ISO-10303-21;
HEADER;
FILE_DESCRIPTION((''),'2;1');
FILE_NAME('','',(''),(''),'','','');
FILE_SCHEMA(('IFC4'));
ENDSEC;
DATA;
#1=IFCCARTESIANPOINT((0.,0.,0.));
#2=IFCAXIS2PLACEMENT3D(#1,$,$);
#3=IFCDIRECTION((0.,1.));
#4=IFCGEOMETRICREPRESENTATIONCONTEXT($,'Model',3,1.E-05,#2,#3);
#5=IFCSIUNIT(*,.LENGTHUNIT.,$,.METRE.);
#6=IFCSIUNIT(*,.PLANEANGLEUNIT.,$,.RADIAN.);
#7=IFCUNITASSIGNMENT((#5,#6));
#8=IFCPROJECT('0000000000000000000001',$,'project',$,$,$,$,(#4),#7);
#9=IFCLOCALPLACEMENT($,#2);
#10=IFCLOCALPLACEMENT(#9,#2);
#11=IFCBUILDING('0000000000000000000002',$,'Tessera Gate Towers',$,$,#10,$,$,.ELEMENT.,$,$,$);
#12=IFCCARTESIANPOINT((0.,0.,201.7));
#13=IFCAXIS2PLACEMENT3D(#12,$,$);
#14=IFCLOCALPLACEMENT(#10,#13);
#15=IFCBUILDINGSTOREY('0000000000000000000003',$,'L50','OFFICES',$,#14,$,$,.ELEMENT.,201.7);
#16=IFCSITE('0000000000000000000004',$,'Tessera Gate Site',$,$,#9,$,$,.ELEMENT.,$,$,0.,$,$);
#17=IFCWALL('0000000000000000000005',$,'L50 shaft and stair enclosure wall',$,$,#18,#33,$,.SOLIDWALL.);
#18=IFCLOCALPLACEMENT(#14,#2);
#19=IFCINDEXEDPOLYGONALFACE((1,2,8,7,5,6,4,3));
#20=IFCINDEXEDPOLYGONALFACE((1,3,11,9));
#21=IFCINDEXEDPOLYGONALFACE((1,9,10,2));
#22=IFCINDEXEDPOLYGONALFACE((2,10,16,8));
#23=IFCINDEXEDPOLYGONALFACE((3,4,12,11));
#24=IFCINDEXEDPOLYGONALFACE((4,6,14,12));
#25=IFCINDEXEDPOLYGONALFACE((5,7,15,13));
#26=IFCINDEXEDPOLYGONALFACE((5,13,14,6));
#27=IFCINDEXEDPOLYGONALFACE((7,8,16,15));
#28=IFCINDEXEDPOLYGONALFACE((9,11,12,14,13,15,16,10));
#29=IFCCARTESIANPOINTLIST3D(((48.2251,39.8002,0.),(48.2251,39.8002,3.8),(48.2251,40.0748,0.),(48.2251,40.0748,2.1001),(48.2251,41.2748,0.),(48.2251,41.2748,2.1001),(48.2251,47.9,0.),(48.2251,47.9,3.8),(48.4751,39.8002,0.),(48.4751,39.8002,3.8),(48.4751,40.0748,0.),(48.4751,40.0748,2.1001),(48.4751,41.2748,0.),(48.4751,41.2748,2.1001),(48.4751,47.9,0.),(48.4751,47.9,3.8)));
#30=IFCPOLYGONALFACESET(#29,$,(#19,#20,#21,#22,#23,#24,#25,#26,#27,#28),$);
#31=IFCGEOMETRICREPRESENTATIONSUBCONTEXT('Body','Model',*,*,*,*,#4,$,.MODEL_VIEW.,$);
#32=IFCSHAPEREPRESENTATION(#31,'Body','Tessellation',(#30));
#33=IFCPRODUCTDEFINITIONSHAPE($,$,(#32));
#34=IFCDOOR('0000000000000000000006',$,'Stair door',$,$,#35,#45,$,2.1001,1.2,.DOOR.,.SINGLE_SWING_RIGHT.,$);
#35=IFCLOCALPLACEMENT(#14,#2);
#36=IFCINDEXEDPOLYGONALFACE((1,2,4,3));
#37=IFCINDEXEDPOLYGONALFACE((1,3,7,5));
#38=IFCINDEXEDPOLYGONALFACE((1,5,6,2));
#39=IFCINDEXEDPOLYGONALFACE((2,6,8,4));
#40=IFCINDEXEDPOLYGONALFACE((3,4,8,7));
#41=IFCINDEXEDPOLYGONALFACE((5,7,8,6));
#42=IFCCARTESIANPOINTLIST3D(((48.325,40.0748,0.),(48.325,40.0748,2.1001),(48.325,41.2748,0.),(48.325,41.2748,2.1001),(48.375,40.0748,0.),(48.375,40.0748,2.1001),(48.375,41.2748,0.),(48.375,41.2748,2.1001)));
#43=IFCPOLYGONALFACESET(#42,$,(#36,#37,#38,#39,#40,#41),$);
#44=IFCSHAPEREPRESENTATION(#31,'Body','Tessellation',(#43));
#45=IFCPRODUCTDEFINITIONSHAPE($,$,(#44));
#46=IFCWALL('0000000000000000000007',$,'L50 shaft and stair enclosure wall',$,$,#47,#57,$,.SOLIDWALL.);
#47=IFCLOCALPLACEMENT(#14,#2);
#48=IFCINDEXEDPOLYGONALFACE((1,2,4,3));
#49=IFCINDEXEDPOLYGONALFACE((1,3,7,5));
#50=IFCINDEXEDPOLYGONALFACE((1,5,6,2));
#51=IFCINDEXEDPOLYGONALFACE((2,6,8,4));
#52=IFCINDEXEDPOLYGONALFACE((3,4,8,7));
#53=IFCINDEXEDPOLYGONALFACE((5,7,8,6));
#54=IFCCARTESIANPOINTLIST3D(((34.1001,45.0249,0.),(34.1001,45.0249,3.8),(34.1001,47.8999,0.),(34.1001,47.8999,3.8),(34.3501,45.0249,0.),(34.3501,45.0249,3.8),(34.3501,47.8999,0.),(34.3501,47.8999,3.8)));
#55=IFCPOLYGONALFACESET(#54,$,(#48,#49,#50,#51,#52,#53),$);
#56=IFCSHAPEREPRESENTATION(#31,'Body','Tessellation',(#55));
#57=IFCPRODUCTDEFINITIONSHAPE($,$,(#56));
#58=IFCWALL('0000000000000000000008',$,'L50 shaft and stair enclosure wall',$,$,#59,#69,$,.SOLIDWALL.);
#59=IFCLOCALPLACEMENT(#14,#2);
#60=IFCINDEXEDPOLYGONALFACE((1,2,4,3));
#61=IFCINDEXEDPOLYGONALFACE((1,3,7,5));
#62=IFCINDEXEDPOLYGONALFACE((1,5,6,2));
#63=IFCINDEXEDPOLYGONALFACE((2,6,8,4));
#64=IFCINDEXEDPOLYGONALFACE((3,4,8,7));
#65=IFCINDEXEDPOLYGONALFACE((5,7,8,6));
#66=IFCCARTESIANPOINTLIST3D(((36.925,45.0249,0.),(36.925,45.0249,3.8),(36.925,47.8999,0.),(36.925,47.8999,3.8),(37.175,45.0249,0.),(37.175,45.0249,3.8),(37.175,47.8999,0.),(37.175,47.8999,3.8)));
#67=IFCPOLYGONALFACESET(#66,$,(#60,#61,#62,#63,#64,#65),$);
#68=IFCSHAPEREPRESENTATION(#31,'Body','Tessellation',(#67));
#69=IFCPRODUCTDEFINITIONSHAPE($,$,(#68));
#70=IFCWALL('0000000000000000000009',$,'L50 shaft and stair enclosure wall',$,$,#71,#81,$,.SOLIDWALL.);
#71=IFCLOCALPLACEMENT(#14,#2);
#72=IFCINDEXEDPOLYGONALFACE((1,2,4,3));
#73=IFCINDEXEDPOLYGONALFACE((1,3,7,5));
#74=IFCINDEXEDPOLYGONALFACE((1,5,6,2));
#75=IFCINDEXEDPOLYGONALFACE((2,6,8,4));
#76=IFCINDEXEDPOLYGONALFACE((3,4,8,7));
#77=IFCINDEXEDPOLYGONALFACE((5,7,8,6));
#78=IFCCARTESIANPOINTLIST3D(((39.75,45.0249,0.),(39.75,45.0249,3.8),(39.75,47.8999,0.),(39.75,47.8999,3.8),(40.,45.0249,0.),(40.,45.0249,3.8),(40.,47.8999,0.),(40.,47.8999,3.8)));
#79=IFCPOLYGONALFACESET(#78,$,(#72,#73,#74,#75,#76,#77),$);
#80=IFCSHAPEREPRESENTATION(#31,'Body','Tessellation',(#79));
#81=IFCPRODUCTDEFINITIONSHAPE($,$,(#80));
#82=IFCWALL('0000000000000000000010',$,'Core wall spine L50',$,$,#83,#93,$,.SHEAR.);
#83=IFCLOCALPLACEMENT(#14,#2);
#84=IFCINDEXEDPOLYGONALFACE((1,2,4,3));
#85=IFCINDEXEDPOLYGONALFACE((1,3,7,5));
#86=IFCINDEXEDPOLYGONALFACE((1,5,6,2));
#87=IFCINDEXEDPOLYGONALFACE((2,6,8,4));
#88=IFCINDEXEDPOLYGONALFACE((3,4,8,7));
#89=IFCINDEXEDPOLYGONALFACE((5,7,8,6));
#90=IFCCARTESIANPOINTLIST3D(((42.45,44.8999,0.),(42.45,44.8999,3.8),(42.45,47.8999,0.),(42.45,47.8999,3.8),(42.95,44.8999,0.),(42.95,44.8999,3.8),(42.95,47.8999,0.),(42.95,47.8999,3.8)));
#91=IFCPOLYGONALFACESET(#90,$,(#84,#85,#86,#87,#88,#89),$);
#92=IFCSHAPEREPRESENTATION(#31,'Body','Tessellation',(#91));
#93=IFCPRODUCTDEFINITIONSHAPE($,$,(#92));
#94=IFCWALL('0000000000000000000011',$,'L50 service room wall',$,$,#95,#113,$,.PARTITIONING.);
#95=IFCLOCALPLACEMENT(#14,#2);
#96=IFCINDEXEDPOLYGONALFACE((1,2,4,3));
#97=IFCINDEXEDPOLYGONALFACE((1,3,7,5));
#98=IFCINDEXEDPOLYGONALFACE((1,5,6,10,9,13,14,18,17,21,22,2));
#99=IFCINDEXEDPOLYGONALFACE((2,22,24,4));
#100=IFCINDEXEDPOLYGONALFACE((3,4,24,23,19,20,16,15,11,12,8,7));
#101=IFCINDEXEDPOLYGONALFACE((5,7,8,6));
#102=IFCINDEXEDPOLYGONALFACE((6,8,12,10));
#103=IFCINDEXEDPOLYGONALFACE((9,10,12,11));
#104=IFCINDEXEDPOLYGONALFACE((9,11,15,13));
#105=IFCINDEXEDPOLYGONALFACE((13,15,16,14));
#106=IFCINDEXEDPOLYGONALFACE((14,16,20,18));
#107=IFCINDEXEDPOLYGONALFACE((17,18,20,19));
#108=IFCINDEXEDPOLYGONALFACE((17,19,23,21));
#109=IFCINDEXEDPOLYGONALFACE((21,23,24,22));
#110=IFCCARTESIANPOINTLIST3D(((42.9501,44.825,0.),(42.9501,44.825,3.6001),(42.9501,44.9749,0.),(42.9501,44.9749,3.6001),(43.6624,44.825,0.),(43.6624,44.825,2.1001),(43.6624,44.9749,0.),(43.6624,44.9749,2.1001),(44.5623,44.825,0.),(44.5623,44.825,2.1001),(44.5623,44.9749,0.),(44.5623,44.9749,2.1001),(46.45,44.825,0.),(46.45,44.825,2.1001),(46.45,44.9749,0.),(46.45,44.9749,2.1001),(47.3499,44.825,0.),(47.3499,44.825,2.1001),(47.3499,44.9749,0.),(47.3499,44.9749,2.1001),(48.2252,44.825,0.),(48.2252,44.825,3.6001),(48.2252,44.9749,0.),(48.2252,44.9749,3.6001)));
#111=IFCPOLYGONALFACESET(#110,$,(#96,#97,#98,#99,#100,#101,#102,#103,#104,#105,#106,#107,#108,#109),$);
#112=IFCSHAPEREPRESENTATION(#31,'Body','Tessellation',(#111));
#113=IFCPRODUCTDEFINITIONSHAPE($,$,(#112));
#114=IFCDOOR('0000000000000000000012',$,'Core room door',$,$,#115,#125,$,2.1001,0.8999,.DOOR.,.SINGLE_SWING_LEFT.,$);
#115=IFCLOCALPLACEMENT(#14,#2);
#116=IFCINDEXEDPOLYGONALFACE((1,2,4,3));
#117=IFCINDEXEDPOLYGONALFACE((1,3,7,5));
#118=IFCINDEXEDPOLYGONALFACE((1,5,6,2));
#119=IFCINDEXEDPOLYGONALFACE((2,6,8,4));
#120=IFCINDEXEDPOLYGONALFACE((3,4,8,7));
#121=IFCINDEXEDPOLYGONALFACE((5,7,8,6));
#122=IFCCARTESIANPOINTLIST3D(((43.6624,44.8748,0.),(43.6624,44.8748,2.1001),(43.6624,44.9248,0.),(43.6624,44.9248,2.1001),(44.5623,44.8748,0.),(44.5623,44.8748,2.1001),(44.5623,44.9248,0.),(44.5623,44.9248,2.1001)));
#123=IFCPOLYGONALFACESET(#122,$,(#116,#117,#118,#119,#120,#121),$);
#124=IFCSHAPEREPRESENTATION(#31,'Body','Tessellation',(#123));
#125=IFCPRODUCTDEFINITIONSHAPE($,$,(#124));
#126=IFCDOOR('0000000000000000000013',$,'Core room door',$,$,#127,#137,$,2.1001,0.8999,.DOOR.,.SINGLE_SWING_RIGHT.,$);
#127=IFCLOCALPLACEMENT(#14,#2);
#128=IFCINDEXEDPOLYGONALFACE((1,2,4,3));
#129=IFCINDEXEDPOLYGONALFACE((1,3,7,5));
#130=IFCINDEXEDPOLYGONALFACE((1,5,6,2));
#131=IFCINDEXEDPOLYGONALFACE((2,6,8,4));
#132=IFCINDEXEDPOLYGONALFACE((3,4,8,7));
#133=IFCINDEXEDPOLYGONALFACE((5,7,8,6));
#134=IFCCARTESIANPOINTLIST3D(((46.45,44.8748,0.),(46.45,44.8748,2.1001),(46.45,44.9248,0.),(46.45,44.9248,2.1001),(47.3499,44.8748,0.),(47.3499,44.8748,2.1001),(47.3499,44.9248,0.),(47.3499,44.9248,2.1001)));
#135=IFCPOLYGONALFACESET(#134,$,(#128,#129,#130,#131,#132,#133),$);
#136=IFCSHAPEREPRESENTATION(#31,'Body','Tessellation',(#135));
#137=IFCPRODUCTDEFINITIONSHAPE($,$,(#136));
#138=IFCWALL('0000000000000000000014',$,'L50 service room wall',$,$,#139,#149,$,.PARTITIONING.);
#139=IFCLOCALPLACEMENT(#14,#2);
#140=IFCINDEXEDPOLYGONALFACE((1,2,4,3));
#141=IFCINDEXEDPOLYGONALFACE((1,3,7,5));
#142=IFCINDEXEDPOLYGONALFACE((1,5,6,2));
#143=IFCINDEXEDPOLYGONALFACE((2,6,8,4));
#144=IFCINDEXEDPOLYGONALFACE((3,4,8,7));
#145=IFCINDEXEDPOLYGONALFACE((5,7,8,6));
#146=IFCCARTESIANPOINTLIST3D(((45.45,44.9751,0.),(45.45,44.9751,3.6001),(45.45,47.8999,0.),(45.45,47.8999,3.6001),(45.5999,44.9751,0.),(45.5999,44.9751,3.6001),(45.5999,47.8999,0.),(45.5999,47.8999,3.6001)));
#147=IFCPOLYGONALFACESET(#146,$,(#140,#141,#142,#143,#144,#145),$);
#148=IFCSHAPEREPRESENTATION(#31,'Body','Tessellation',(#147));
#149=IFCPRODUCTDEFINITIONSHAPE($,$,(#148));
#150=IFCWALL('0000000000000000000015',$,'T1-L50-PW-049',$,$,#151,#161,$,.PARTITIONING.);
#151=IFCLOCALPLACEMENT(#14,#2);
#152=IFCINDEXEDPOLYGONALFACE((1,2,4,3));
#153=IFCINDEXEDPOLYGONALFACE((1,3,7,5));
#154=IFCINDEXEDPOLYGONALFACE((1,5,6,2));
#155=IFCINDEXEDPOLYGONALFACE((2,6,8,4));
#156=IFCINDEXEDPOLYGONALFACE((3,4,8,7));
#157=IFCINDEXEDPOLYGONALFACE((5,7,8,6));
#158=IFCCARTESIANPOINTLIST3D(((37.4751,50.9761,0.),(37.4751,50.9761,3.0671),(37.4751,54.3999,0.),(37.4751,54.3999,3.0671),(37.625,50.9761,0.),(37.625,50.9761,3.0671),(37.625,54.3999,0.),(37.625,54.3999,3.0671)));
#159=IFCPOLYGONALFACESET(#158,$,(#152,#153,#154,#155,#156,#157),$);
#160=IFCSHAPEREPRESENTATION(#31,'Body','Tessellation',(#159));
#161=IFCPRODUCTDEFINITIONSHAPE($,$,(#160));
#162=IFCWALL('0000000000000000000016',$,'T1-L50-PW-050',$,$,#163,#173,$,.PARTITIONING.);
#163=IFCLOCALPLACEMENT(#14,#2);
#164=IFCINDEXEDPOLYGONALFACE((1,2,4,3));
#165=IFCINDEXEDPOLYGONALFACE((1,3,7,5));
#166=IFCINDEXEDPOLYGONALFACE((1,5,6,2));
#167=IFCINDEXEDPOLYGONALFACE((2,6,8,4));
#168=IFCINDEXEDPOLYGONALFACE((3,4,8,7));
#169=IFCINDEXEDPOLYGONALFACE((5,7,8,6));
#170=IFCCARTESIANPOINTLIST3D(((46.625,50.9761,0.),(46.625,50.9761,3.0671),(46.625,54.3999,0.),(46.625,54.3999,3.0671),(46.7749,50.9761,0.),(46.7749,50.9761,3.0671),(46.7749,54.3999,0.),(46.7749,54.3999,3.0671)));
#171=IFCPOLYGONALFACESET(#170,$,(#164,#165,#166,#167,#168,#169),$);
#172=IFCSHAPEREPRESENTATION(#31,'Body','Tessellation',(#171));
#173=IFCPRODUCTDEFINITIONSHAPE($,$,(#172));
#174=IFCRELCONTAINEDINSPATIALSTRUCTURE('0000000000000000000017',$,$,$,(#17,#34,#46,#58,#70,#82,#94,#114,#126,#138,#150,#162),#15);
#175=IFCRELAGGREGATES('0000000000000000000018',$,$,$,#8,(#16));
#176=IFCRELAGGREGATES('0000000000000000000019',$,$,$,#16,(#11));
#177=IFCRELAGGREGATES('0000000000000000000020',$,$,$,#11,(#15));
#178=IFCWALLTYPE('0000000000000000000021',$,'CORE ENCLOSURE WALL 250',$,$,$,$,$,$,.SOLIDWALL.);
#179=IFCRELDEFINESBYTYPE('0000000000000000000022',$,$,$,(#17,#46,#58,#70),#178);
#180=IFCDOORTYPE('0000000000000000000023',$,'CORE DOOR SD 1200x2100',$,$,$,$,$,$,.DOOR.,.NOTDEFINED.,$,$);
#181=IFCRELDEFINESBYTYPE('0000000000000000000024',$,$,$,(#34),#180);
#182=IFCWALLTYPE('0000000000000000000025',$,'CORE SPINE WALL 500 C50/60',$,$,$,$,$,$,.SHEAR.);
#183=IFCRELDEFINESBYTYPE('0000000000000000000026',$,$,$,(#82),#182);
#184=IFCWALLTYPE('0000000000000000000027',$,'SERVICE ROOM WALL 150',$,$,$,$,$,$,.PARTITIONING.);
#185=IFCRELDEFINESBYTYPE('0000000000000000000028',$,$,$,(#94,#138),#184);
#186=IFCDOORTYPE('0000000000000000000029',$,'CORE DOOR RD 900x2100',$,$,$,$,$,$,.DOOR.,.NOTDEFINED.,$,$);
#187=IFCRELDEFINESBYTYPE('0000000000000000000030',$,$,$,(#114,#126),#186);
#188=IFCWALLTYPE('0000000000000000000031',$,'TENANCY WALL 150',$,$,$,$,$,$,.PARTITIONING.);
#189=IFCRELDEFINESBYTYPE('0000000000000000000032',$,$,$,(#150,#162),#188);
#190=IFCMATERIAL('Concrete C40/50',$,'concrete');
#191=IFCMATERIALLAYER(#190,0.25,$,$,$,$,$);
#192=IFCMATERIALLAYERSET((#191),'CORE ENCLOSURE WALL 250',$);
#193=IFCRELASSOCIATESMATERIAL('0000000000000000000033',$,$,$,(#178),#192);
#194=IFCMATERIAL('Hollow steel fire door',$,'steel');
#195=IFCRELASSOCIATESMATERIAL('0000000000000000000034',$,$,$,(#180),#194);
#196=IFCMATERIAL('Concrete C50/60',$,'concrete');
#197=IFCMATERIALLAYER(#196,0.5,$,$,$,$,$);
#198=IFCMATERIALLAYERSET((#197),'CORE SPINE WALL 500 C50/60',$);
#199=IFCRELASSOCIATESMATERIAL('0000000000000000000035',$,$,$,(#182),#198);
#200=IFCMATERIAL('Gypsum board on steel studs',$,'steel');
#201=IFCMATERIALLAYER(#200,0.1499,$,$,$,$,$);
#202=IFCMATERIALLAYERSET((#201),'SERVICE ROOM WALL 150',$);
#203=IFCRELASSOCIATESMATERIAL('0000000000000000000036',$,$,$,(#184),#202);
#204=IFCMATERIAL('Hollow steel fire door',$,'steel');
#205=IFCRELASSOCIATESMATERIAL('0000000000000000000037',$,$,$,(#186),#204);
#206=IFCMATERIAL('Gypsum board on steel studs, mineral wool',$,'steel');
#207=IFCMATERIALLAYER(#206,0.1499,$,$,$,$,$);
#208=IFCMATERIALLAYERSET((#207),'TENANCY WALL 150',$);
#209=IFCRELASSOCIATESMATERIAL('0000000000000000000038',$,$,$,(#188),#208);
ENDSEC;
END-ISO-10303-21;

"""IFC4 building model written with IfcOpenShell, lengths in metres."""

from ifc_helpers import new_model, si_unit, direction, frame, frame_2d, origin, place, context, subcontext, project, spatial, rectangle, extrude, source, transform, mapped, material, layer, layer_set, type_object, element, fill, save


model = new_model("IFC4")

# Units and contexts
model_context = context("Model", 3, precision=1e-05, world=origin(), true_north=direction((0.0, 1.0)))
body_context = subcontext(model_context, "Body", "Model", "MODEL_VIEW")
ifc_project = project(units=[si_unit("LENGTHUNIT", "METRE"), si_unit("PLANEANGLEUNIT", "RADIAN")], contexts=[model_context])

# Site, building, storey
site_placement = place(None, origin())
site = spatial("IfcSite", under=ifc_project, at=site_placement, Name="Tessera Gate Site", CompositionType="ELEMENT", RefElevation=0.0)
building_placement = place(site_placement, origin())
building = spatial("IfcBuilding", under=site, at=building_placement, Name="Tessera Gate Towers", CompositionType="ELEMENT")
storey_placement = place(building_placement, frame((0.0, 0.0, 201.7)))
storey = spatial("IfcBuildingStorey", under=building, at=storey_placement, Name="L50", Description="OFFICES", CompositionType="ELEMENT", Elevation=201.7)

# Shared definitions
ifc_material_1 = material(Name="Concrete C40/50", Category="concrete")
ifc_layer_1 = layer(ifc_material_1, 0.25)
ifc_layer_set_1 = layer_set([ifc_layer_1], Name="CORE ENCLOSURE WALL 250")
wall_type_1 = type_object("IfcWallType", Name="CORE ENCLOSURE WALL 250", PredefinedType="SOLIDWALL", material=ifc_layer_set_1)

# Wall, opening, door
wall_1_placement = place(storey_placement, frame((48.3501, 47.8999, 0.0), z_axis=(0.0, 0.0, 1.0), x_axis=(0.0, -1.0, 0.0)))
wall_1 = element("IfcWall", 1, at=wall_1_placement, inside=storey, type_object=wall_type_1, Name="L50 shaft and stair enclosure wall", PredefinedType="SOLIDWALL", context=body_context, shape_type="SweptSolid", body=[
    extrude(rectangle(XDim=8.0999, YDim=0.25, at=frame_2d((4.0498, 0.0))), origin(), (0.0, 0.0, 1.0), 3.8),
])
shared_shape_1 = source(origin(), body_context, "Body", "SweptSolid", [
    extrude(rectangle(XDim=1.2, YDim=2.1001, at=frame_2d((0.6001, 1.05))), frame((0.0, 0.135, 0.0), z_axis=(0.0, -1.0, 0.0), x_axis=(1.0, 0.0, 0.0)), (0.0, 0.0, 1.0), 0.27),
])
opening_1_placement = place(wall_1_placement, frame((6.625, 0.0, 0.0)))
opening_1 = element("IfcOpeningElement", 2, at=opening_1_placement, cuts=wall_1, PredefinedType="OPENING", context=body_context, shape_type="MappedRepresentation", body=[
    mapped(shared_shape_1, transform((0.0, 0.0, 0.0), scale=1.0)),
])
ifc_material_2 = material(Name="Hollow steel fire door", Category="steel")
door_type_1 = type_object("IfcDoorType", Name="CORE DOOR SD 1200x2100", OperationType="NOTDEFINED", PredefinedType="DOOR", material=ifc_material_2)
shared_shape_2 = source(origin(), body_context, "Body", "SweptSolid", [
    extrude(rectangle(XDim=1.2, YDim=2.1001, at=frame_2d((0.6001, 1.05))), frame((0.0, 0.0249, 0.0), z_axis=(0.0, -1.0, 0.0), x_axis=(1.0, 0.0, 0.0)), (0.0, 0.0, 1.0), 0.05),
])
door_1_placement = place(opening_1_placement, origin())
door_1 = element("IfcDoor", 3, at=door_1_placement, inside=storey, type_object=door_type_1, Name="Stair door", OperationType="SINGLE_SWING_RIGHT", OverallHeight=2.1001, OverallWidth=1.2, PredefinedType="DOOR", context=body_context, shape_type="MappedRepresentation", body=[
    mapped(shared_shape_2, transform((0.0, 0.0, 0.0), scale=1.0)),
])
fill(opening_1, door_1)

# Walls
for number, where, z_axis, x_axis, name in (
    (4, (34.2251, 45.0249, 0.0), (0.0, 0.0, 1.0), (0.0, 1.0, 0.0), "L50 shaft and stair enclosure wall"),
    (5, (37.05, 45.0249, 0.0), (0.0, 0.0, 1.0), (0.0, 1.0, 0.0), "L50 shaft and stair enclosure wall"),
    (6, (39.875, 45.0249, 0.0), (0.0, 0.0, 1.0), (0.0, 1.0, 0.0), "L50 shaft and stair enclosure wall"),
):
    element("IfcWall", number, at=place(storey_placement, frame(where, z_axis=z_axis, x_axis=x_axis)), inside=storey, type_object=wall_type_1, Name=name, PredefinedType="SOLIDWALL", context=body_context, shape_type="SweptSolid", body=[
        extrude(rectangle(XDim=2.875, YDim=0.25, at=frame_2d((1.4375, 0.0))), origin(), (0.0, 0.0, 1.0), 3.8),
    ])
ifc_material_3 = material(Name="Concrete C50/60", Category="concrete")
ifc_layer_2 = layer(ifc_material_3, 0.5)
ifc_layer_set_2 = layer_set([ifc_layer_2], Name="CORE SPINE WALL 500 C50/60")
wall_type_2 = type_object("IfcWallType", Name="CORE SPINE WALL 500 C50/60", PredefinedType="SHEAR", material=ifc_layer_set_2)
wall_2_placement = place(storey_placement, frame((42.7, 44.8999, 0.0), z_axis=(0.0, 0.0, 1.0), x_axis=(0.0, 1.0, 0.0)))
element("IfcWall", 7, at=wall_2_placement, inside=storey, type_object=wall_type_2, Name="Core wall spine L50", PredefinedType="SHEAR", context=body_context, shape_type="SweptSolid", body=[
    extrude(rectangle(XDim=3.0, YDim=0.5, at=frame_2d((1.5, 0.0))), origin(), (0.0, 0.0, 1.0), 3.8),
])

# Wall, openings, doors
ifc_material_4 = material(Name="Gypsum board on steel studs", Category="steel")
ifc_layer_3 = layer(ifc_material_4, 0.1499)
ifc_layer_set_3 = layer_set([ifc_layer_3], Name="SERVICE ROOM WALL 150")
wall_type_3 = type_object("IfcWallType", Name="SERVICE ROOM WALL 150", PredefinedType="PARTITIONING", material=ifc_layer_set_3)
wall_3_placement = place(storey_placement, frame((42.95, 44.8999, 0.0), z_axis=(0.0, 0.0, 1.0), x_axis=(1.0, 0.0, 0.0)))
wall_3 = element("IfcWall", 8, at=wall_3_placement, inside=storey, type_object=wall_type_3, Name="L50 service room wall", PredefinedType="PARTITIONING", context=body_context, shape_type="SweptSolid", body=[
    extrude(rectangle(XDim=5.2751, YDim=0.1499, at=frame_2d((2.6377, 0.0))), origin(), (0.0, 0.0, 1.0), 3.6001),
])
shared_shape_3 = source(origin(), body_context, "Body", "SweptSolid", [
    extrude(rectangle(XDim=0.8999, YDim=2.1001, at=frame_2d((0.45, 1.05))), frame((0.0, 0.085, 0.0), z_axis=(0.0, -1.0, 0.0), x_axis=(1.0, 0.0, 0.0)), (0.0, 0.0, 1.0), 0.1699),
])
opening_2_placement = place(wall_3_placement, frame((0.7124, 0.0, 0.0)))
opening_2 = element("IfcOpeningElement", 9, at=opening_2_placement, cuts=wall_3, PredefinedType="OPENING", context=body_context, shape_type="MappedRepresentation", body=[
    mapped(shared_shape_3, transform((0.0, 0.0, 0.0), scale=1.0)),
])
opening_3_placement = place(wall_3_placement, frame((3.5, 0.0, 0.0)))
opening_3 = element("IfcOpeningElement", 10, at=opening_3_placement, cuts=wall_3, PredefinedType="OPENING", context=body_context, shape_type="MappedRepresentation", body=[
    mapped(shared_shape_3, transform((0.0, 0.0, 0.0), scale=1.0)),
])
ifc_material_5 = material(Name="Hollow steel fire door", Category="steel")
door_type_2 = type_object("IfcDoorType", Name="CORE DOOR RD 900x2100", OperationType="NOTDEFINED", PredefinedType="DOOR", material=ifc_material_5)
shared_shape_4 = source(origin(), body_context, "Body", "SweptSolid", [
    extrude(rectangle(XDim=0.8999, YDim=2.1001, at=frame_2d((0.45, 1.05))), frame((0.0, 0.0249, 0.0), z_axis=(0.0, -1.0, 0.0), x_axis=(1.0, 0.0, 0.0)), (0.0, 0.0, 1.0), 0.05),
])
door_2_placement = place(opening_2_placement, origin())
door_2 = element("IfcDoor", 11, at=door_2_placement, inside=storey, type_object=door_type_2, Name="Core room door", OperationType="SINGLE_SWING_LEFT", OverallHeight=2.1001, OverallWidth=0.8999, PredefinedType="DOOR", context=body_context, shape_type="MappedRepresentation", body=[
    mapped(shared_shape_4, transform((0.0, 0.0, 0.0), scale=1.0)),
])
fill(opening_2, door_2)
door_3_placement = place(opening_3_placement, origin())
door_3 = element("IfcDoor", 12, at=door_3_placement, inside=storey, type_object=door_type_2, Name="Core room door", OperationType="SINGLE_SWING_RIGHT", OverallHeight=2.1001, OverallWidth=0.8999, PredefinedType="DOOR", context=body_context, shape_type="MappedRepresentation", body=[
    mapped(shared_shape_4, transform((0.0, 0.0, 0.0), scale=1.0)),
])
fill(opening_3, door_3)

# Walls
wall_4_placement = place(storey_placement, frame((45.5249, 44.9751, 0.0), z_axis=(0.0, 0.0, 1.0), x_axis=(0.0, 1.0, 0.0)))
element("IfcWall", 13, at=wall_4_placement, inside=storey, type_object=wall_type_3, Name="L50 service room wall", PredefinedType="PARTITIONING", context=body_context, shape_type="SweptSolid", body=[
    extrude(rectangle(XDim=2.9248, YDim=0.1499, at=frame_2d((1.4624, 0.0))), origin(), (0.0, 0.0, 1.0), 3.6001),
])
ifc_material_6 = material(Name="Gypsum board on steel studs, mineral wool", Category="steel")
ifc_layer_4 = layer(ifc_material_6, 0.1499)
ifc_layer_set_4 = layer_set([ifc_layer_4], Name="TENANCY WALL 150")
wall_type_4 = type_object("IfcWallType", Name="TENANCY WALL 150", PredefinedType="PARTITIONING", material=ifc_layer_set_4)
for number, where, z_axis, x_axis, name in (
    (14, (37.55, 50.9761, 0.0), (0.0, 0.0, 1.0), (0.0, 1.0, 0.0), "T1-L50-PW-049"),
    (15, (46.7, 50.9761, 0.0), (0.0, 0.0, 1.0), (0.0, 1.0, 0.0), "T1-L50-PW-050"),
):
    element("IfcWall", number, at=place(storey_placement, frame(where, z_axis=z_axis, x_axis=x_axis)), inside=storey, type_object=wall_type_4, Name=name, PredefinedType="PARTITIONING", context=body_context, shape_type="SweptSolid", body=[
        extrude(rectangle(XDim=3.4238, YDim=0.1499, at=frame_2d((1.7119, 0.0))), origin(), (0.0, 0.0, 1.0), 3.0671),
    ])

save(model, "model.ifc")
